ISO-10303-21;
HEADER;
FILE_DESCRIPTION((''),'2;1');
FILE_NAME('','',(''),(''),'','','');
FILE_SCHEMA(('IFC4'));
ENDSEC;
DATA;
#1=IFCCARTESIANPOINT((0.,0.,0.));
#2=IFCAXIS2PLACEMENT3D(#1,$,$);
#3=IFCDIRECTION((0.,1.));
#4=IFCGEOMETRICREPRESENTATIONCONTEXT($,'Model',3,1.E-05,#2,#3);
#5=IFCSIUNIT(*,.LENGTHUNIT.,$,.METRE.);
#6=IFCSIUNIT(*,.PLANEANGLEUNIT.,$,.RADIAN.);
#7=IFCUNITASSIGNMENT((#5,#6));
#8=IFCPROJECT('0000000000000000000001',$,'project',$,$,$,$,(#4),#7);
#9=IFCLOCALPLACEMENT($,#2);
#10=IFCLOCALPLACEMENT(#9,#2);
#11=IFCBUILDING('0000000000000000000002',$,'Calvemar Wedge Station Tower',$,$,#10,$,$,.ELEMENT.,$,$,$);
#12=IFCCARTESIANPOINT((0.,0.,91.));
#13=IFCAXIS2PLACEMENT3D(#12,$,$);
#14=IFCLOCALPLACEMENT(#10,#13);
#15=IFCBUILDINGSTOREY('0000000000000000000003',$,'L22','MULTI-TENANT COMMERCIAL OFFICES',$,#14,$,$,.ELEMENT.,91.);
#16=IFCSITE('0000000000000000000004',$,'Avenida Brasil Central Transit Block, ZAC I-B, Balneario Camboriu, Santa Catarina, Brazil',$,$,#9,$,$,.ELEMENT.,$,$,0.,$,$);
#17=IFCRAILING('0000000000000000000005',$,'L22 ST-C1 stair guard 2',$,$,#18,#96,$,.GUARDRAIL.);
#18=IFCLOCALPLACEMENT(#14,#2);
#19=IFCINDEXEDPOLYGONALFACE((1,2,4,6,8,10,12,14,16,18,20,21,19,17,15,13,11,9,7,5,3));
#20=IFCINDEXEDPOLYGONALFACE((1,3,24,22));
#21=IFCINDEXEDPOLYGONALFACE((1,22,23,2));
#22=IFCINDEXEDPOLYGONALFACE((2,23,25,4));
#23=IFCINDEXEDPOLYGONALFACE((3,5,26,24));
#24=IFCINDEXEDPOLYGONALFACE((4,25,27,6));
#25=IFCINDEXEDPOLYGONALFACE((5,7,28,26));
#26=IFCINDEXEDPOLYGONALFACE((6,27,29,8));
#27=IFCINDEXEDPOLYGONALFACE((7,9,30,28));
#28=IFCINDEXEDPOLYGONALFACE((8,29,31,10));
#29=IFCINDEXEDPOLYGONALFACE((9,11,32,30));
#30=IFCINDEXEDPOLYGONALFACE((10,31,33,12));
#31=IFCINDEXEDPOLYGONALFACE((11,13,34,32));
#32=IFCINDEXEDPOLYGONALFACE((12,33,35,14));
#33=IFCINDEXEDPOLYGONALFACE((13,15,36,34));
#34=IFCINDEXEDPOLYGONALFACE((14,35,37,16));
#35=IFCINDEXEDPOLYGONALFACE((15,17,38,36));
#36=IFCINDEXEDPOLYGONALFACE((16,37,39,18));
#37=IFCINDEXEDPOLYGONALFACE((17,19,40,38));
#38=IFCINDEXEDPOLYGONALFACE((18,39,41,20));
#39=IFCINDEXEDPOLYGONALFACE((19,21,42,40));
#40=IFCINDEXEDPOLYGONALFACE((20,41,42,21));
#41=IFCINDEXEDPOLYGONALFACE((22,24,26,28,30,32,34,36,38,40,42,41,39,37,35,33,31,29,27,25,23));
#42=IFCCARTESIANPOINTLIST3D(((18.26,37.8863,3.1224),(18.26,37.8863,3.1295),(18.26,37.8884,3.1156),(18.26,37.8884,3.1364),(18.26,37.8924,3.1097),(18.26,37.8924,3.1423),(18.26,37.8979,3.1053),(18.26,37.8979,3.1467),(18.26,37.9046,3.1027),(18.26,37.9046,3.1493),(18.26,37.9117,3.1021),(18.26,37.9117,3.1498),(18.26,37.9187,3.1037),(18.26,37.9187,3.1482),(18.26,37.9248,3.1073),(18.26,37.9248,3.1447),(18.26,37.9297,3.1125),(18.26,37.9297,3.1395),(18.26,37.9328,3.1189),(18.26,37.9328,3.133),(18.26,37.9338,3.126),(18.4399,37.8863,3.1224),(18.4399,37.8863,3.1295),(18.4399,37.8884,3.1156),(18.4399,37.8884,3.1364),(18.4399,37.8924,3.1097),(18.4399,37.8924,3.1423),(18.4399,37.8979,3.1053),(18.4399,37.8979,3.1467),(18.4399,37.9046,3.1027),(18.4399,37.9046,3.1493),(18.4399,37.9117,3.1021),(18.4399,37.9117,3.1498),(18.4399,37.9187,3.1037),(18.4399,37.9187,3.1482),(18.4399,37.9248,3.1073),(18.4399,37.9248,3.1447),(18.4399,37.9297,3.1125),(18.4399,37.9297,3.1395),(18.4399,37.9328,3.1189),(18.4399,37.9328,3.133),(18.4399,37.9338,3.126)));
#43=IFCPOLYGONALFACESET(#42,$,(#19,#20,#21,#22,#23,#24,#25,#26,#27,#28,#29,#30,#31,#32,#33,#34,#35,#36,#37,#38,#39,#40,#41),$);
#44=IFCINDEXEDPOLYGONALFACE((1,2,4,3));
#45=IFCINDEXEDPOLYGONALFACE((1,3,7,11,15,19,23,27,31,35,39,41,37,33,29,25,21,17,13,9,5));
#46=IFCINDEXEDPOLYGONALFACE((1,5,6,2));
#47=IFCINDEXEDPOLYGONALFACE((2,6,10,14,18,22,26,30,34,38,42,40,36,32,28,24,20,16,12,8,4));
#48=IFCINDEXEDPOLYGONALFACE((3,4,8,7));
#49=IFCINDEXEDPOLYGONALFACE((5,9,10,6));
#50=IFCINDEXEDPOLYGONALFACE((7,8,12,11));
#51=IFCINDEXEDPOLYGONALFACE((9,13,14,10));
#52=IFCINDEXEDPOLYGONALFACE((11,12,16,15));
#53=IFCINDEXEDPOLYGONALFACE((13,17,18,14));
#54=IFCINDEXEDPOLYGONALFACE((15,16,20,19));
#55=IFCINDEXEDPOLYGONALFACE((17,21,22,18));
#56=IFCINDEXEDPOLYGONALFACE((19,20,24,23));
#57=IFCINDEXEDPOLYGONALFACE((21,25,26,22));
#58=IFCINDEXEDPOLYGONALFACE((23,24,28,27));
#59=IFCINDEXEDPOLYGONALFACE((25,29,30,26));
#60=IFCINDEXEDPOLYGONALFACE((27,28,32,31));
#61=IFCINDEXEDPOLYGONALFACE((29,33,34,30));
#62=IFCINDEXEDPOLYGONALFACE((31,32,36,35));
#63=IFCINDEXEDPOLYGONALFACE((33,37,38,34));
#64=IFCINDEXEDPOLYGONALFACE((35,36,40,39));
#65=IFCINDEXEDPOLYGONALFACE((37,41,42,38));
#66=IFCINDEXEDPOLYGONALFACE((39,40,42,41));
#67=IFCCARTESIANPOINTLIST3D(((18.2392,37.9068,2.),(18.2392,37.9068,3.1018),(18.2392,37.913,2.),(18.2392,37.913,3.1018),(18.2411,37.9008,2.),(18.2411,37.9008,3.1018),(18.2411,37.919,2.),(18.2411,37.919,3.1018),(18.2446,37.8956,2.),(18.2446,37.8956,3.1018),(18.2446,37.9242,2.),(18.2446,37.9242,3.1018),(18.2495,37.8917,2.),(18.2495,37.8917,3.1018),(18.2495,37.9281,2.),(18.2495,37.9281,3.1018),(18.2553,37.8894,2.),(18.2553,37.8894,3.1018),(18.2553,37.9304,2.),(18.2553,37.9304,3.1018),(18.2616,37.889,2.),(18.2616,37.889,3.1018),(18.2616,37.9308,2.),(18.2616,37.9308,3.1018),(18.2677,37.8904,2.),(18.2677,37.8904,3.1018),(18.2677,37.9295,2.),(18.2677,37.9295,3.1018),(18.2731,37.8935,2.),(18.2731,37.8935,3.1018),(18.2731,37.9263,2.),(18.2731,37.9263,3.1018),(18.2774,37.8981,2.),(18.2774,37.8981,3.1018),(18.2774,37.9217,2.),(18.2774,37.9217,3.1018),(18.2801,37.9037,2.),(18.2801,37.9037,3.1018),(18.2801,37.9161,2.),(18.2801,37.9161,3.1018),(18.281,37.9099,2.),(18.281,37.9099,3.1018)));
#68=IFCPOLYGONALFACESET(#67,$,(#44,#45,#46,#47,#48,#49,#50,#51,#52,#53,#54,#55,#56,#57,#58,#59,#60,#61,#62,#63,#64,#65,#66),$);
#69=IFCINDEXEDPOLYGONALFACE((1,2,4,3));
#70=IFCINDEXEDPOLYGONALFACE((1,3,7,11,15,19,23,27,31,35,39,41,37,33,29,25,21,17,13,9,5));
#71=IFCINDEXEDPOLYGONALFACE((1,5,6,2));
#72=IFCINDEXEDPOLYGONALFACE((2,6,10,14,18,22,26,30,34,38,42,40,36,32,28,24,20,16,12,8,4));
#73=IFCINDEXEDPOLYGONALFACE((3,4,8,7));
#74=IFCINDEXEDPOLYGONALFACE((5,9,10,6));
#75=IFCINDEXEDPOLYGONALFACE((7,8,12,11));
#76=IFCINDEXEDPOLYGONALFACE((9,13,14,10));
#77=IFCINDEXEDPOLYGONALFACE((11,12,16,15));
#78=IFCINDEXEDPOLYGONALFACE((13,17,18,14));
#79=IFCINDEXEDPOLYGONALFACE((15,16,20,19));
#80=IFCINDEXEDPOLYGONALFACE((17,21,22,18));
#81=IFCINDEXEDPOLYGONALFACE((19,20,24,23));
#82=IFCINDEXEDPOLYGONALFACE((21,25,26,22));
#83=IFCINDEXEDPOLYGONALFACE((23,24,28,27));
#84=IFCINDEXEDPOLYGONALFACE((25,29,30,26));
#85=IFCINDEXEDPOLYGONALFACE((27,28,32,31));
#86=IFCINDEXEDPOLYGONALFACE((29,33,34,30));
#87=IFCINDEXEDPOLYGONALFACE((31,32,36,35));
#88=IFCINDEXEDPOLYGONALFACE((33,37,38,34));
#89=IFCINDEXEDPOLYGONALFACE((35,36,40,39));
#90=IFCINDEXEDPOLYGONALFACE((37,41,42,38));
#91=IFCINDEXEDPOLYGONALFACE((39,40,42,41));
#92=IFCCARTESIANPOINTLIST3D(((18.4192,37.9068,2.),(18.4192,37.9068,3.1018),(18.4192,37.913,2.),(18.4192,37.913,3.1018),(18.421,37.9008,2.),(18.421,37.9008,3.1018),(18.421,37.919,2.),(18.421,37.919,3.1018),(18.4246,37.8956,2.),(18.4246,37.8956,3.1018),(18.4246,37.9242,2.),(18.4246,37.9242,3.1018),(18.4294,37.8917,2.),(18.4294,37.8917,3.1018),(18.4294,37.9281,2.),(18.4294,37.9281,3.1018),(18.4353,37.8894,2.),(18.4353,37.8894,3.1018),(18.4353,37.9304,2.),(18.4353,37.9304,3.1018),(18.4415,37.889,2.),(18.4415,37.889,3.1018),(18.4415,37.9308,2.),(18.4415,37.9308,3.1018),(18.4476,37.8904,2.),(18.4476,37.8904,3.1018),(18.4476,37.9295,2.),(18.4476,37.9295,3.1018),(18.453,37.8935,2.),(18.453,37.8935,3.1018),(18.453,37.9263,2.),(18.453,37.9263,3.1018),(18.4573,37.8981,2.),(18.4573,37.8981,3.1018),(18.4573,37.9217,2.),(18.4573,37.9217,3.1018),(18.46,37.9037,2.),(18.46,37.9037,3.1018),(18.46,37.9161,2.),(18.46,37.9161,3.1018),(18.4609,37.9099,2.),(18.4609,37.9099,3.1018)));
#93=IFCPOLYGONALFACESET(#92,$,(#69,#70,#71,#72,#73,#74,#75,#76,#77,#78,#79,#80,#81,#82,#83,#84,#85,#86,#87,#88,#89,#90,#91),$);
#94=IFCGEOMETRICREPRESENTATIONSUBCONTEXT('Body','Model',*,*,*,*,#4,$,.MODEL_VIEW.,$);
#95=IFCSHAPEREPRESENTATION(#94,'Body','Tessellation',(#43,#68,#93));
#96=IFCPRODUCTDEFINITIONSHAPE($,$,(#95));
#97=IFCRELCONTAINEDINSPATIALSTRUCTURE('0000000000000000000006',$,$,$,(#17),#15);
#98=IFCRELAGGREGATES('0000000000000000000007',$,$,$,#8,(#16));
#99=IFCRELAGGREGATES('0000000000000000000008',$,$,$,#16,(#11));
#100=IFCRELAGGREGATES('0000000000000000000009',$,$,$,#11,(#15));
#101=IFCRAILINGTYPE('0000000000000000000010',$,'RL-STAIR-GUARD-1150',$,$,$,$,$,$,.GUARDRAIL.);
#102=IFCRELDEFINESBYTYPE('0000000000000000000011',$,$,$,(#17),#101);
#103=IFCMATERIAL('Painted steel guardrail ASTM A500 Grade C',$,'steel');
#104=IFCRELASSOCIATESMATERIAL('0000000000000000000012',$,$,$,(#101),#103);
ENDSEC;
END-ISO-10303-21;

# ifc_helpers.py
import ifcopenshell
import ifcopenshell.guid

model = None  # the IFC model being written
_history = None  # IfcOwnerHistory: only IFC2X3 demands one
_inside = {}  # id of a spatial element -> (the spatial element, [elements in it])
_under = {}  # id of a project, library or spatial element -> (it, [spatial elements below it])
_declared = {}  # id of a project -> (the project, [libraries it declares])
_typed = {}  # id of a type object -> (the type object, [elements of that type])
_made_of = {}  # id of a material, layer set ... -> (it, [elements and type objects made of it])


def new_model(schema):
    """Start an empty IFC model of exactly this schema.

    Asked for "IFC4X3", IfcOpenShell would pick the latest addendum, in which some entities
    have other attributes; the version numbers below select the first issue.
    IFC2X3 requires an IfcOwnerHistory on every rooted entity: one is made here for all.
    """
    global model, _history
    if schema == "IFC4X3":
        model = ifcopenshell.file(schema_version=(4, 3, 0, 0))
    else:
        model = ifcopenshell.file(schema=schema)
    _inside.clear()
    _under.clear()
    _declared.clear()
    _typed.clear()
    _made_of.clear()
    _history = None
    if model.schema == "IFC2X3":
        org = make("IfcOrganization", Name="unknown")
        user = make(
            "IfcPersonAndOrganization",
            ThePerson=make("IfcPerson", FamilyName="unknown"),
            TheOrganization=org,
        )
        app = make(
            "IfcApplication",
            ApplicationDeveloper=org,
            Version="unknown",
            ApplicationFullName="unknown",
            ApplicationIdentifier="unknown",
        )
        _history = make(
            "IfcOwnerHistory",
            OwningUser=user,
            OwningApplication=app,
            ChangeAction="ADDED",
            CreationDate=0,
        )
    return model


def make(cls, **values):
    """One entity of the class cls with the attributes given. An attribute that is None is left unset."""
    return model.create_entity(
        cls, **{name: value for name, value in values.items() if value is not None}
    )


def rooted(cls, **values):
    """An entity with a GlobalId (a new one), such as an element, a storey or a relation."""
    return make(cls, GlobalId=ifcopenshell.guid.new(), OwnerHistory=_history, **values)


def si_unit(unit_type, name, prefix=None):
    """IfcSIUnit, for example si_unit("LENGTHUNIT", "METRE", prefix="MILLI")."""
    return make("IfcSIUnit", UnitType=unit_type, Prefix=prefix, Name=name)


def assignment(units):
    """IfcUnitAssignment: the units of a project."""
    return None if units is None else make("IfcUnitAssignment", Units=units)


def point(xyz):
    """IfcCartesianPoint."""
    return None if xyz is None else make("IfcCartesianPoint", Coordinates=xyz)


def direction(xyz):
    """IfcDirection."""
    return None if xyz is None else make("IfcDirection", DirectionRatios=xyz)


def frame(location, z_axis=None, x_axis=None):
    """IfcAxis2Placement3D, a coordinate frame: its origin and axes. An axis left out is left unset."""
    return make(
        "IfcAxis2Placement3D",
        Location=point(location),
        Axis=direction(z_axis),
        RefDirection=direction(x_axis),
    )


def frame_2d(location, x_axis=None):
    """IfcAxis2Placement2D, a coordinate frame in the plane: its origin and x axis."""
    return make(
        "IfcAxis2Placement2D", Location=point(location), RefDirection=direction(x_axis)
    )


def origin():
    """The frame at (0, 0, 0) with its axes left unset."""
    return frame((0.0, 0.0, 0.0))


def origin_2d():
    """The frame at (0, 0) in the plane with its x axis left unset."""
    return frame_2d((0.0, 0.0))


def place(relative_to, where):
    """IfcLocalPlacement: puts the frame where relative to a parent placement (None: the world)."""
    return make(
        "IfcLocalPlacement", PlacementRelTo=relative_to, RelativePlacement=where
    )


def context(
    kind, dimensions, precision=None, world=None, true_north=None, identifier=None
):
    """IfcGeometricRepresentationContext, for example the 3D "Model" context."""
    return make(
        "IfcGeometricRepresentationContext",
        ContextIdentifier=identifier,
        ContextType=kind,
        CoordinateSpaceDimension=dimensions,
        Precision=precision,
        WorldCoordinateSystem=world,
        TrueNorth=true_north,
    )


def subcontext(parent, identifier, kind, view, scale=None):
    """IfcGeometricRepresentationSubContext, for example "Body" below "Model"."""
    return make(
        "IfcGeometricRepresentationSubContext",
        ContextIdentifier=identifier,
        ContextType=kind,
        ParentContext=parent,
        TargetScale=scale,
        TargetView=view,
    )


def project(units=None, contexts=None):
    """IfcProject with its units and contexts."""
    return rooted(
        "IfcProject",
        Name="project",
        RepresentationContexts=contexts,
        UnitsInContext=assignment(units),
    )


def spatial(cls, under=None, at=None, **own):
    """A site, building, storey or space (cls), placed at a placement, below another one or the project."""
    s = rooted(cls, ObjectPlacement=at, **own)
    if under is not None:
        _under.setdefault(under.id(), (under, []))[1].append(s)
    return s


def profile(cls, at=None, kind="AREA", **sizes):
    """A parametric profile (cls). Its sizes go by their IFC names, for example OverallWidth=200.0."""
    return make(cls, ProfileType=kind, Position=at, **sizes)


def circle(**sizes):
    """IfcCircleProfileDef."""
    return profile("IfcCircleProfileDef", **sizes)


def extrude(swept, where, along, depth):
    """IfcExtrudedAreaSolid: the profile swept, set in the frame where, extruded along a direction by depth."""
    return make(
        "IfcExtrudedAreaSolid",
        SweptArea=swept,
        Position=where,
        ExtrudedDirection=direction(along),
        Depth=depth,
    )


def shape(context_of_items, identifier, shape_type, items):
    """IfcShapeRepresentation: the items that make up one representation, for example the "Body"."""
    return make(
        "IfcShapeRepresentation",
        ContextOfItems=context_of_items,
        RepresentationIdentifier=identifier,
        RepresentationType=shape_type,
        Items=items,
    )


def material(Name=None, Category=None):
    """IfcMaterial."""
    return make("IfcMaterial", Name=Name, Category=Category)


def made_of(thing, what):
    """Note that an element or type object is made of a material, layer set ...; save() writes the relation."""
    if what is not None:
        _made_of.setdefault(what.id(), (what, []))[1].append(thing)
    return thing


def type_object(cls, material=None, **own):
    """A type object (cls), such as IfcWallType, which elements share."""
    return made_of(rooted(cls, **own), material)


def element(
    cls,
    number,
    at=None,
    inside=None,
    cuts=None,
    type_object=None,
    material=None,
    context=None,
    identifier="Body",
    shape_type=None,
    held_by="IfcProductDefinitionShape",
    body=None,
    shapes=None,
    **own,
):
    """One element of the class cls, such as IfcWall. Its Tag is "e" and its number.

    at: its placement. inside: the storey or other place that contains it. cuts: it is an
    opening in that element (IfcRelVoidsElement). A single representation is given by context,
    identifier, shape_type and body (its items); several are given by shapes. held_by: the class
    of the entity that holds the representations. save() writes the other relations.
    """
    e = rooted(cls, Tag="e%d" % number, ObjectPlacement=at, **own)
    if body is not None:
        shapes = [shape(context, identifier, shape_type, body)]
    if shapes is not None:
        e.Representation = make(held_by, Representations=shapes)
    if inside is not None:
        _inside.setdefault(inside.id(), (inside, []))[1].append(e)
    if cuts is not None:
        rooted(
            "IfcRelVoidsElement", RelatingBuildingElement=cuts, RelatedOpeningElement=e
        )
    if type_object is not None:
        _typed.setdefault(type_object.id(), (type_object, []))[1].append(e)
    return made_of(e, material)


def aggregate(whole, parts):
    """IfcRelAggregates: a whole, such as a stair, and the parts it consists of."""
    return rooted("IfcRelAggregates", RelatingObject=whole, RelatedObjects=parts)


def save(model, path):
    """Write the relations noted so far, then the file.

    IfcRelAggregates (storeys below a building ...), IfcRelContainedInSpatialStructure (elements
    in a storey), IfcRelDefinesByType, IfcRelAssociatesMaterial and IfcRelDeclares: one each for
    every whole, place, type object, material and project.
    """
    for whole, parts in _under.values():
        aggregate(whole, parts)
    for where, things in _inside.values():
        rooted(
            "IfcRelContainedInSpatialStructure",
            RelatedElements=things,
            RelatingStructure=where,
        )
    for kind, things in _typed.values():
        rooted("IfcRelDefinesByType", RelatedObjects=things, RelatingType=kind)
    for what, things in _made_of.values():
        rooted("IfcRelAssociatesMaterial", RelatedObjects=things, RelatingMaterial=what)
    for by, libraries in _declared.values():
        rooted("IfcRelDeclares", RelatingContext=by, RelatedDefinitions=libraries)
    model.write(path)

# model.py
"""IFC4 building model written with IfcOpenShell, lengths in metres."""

from ifc_helpers import new_model, si_unit, direction, frame, origin, origin_2d, place, context, subcontext, project, spatial, circle, extrude, material, type_object, element, save


model = new_model("IFC4")

# Units and contexts
model_context = context("Model", 3, precision=1e-05, world=origin(), true_north=direction((0.0, 1.0)))
body_context = subcontext(model_context, "Body", "Model", "MODEL_VIEW")
ifc_project = project(units=[si_unit("LENGTHUNIT", "METRE"), si_unit("PLANEANGLEUNIT", "RADIAN")], contexts=[model_context])

# Site, building, storey
site_placement = place(None, origin())
site = spatial("IfcSite", under=ifc_project, at=site_placement, Name="Avenida Brasil Central Transit Block, ZAC I-B, Balneario Camboriu, Santa Catarina, Brazil", CompositionType="ELEMENT", RefElevation=0.0)
building_placement = place(site_placement, origin())
building = spatial("IfcBuilding", under=site, at=building_placement, Name="Calvemar Wedge Station Tower", CompositionType="ELEMENT")
storey_placement = place(building_placement, frame((0.0, 0.0, 91.0)))
storey = spatial("IfcBuildingStorey", under=building, at=storey_placement, Name="L22", Description="MULTI-TENANT COMMERCIAL OFFICES", CompositionType="ELEMENT", Elevation=91.0)

# Railing
ifc_material_1 = material(Name="Painted steel guardrail ASTM A500 Grade C", Category="steel")
railing_type_1 = type_object("IfcRailingType", Name="RL-STAIR-GUARD-1150", PredefinedType="GUARDRAIL", material=ifc_material_1)
railing_1_placement = place(storey_placement, frame((18.26, 37.9099, 2.0)))
element("IfcRailing", 1, at=railing_1_placement, inside=storey, type_object=railing_type_1, Name="L22 ST-C1 stair guard 2", PredefinedType="GUARDRAIL", context=body_context, shape_type="SweptSolid", body=[
    extrude(circle(Radius=0.0239, at=origin_2d()), frame((0.0, 0.0, 1.126), z_axis=(1.0, 0.0, 0.0), x_axis=(0.0, 1.0, 0.0)), (0.0, 0.0, 1.0), 0.1799),
    extrude(circle(Radius=0.021, at=origin_2d()), origin(), (0.0, 0.0, 1.0), 1.1018),
    extrude(circle(Radius=0.021, at=origin_2d()), frame((0.1799, 0.0, 0.0)), (0.0, 0.0, 1.0), 1.1018),
])

save(model, "model.ifc")
